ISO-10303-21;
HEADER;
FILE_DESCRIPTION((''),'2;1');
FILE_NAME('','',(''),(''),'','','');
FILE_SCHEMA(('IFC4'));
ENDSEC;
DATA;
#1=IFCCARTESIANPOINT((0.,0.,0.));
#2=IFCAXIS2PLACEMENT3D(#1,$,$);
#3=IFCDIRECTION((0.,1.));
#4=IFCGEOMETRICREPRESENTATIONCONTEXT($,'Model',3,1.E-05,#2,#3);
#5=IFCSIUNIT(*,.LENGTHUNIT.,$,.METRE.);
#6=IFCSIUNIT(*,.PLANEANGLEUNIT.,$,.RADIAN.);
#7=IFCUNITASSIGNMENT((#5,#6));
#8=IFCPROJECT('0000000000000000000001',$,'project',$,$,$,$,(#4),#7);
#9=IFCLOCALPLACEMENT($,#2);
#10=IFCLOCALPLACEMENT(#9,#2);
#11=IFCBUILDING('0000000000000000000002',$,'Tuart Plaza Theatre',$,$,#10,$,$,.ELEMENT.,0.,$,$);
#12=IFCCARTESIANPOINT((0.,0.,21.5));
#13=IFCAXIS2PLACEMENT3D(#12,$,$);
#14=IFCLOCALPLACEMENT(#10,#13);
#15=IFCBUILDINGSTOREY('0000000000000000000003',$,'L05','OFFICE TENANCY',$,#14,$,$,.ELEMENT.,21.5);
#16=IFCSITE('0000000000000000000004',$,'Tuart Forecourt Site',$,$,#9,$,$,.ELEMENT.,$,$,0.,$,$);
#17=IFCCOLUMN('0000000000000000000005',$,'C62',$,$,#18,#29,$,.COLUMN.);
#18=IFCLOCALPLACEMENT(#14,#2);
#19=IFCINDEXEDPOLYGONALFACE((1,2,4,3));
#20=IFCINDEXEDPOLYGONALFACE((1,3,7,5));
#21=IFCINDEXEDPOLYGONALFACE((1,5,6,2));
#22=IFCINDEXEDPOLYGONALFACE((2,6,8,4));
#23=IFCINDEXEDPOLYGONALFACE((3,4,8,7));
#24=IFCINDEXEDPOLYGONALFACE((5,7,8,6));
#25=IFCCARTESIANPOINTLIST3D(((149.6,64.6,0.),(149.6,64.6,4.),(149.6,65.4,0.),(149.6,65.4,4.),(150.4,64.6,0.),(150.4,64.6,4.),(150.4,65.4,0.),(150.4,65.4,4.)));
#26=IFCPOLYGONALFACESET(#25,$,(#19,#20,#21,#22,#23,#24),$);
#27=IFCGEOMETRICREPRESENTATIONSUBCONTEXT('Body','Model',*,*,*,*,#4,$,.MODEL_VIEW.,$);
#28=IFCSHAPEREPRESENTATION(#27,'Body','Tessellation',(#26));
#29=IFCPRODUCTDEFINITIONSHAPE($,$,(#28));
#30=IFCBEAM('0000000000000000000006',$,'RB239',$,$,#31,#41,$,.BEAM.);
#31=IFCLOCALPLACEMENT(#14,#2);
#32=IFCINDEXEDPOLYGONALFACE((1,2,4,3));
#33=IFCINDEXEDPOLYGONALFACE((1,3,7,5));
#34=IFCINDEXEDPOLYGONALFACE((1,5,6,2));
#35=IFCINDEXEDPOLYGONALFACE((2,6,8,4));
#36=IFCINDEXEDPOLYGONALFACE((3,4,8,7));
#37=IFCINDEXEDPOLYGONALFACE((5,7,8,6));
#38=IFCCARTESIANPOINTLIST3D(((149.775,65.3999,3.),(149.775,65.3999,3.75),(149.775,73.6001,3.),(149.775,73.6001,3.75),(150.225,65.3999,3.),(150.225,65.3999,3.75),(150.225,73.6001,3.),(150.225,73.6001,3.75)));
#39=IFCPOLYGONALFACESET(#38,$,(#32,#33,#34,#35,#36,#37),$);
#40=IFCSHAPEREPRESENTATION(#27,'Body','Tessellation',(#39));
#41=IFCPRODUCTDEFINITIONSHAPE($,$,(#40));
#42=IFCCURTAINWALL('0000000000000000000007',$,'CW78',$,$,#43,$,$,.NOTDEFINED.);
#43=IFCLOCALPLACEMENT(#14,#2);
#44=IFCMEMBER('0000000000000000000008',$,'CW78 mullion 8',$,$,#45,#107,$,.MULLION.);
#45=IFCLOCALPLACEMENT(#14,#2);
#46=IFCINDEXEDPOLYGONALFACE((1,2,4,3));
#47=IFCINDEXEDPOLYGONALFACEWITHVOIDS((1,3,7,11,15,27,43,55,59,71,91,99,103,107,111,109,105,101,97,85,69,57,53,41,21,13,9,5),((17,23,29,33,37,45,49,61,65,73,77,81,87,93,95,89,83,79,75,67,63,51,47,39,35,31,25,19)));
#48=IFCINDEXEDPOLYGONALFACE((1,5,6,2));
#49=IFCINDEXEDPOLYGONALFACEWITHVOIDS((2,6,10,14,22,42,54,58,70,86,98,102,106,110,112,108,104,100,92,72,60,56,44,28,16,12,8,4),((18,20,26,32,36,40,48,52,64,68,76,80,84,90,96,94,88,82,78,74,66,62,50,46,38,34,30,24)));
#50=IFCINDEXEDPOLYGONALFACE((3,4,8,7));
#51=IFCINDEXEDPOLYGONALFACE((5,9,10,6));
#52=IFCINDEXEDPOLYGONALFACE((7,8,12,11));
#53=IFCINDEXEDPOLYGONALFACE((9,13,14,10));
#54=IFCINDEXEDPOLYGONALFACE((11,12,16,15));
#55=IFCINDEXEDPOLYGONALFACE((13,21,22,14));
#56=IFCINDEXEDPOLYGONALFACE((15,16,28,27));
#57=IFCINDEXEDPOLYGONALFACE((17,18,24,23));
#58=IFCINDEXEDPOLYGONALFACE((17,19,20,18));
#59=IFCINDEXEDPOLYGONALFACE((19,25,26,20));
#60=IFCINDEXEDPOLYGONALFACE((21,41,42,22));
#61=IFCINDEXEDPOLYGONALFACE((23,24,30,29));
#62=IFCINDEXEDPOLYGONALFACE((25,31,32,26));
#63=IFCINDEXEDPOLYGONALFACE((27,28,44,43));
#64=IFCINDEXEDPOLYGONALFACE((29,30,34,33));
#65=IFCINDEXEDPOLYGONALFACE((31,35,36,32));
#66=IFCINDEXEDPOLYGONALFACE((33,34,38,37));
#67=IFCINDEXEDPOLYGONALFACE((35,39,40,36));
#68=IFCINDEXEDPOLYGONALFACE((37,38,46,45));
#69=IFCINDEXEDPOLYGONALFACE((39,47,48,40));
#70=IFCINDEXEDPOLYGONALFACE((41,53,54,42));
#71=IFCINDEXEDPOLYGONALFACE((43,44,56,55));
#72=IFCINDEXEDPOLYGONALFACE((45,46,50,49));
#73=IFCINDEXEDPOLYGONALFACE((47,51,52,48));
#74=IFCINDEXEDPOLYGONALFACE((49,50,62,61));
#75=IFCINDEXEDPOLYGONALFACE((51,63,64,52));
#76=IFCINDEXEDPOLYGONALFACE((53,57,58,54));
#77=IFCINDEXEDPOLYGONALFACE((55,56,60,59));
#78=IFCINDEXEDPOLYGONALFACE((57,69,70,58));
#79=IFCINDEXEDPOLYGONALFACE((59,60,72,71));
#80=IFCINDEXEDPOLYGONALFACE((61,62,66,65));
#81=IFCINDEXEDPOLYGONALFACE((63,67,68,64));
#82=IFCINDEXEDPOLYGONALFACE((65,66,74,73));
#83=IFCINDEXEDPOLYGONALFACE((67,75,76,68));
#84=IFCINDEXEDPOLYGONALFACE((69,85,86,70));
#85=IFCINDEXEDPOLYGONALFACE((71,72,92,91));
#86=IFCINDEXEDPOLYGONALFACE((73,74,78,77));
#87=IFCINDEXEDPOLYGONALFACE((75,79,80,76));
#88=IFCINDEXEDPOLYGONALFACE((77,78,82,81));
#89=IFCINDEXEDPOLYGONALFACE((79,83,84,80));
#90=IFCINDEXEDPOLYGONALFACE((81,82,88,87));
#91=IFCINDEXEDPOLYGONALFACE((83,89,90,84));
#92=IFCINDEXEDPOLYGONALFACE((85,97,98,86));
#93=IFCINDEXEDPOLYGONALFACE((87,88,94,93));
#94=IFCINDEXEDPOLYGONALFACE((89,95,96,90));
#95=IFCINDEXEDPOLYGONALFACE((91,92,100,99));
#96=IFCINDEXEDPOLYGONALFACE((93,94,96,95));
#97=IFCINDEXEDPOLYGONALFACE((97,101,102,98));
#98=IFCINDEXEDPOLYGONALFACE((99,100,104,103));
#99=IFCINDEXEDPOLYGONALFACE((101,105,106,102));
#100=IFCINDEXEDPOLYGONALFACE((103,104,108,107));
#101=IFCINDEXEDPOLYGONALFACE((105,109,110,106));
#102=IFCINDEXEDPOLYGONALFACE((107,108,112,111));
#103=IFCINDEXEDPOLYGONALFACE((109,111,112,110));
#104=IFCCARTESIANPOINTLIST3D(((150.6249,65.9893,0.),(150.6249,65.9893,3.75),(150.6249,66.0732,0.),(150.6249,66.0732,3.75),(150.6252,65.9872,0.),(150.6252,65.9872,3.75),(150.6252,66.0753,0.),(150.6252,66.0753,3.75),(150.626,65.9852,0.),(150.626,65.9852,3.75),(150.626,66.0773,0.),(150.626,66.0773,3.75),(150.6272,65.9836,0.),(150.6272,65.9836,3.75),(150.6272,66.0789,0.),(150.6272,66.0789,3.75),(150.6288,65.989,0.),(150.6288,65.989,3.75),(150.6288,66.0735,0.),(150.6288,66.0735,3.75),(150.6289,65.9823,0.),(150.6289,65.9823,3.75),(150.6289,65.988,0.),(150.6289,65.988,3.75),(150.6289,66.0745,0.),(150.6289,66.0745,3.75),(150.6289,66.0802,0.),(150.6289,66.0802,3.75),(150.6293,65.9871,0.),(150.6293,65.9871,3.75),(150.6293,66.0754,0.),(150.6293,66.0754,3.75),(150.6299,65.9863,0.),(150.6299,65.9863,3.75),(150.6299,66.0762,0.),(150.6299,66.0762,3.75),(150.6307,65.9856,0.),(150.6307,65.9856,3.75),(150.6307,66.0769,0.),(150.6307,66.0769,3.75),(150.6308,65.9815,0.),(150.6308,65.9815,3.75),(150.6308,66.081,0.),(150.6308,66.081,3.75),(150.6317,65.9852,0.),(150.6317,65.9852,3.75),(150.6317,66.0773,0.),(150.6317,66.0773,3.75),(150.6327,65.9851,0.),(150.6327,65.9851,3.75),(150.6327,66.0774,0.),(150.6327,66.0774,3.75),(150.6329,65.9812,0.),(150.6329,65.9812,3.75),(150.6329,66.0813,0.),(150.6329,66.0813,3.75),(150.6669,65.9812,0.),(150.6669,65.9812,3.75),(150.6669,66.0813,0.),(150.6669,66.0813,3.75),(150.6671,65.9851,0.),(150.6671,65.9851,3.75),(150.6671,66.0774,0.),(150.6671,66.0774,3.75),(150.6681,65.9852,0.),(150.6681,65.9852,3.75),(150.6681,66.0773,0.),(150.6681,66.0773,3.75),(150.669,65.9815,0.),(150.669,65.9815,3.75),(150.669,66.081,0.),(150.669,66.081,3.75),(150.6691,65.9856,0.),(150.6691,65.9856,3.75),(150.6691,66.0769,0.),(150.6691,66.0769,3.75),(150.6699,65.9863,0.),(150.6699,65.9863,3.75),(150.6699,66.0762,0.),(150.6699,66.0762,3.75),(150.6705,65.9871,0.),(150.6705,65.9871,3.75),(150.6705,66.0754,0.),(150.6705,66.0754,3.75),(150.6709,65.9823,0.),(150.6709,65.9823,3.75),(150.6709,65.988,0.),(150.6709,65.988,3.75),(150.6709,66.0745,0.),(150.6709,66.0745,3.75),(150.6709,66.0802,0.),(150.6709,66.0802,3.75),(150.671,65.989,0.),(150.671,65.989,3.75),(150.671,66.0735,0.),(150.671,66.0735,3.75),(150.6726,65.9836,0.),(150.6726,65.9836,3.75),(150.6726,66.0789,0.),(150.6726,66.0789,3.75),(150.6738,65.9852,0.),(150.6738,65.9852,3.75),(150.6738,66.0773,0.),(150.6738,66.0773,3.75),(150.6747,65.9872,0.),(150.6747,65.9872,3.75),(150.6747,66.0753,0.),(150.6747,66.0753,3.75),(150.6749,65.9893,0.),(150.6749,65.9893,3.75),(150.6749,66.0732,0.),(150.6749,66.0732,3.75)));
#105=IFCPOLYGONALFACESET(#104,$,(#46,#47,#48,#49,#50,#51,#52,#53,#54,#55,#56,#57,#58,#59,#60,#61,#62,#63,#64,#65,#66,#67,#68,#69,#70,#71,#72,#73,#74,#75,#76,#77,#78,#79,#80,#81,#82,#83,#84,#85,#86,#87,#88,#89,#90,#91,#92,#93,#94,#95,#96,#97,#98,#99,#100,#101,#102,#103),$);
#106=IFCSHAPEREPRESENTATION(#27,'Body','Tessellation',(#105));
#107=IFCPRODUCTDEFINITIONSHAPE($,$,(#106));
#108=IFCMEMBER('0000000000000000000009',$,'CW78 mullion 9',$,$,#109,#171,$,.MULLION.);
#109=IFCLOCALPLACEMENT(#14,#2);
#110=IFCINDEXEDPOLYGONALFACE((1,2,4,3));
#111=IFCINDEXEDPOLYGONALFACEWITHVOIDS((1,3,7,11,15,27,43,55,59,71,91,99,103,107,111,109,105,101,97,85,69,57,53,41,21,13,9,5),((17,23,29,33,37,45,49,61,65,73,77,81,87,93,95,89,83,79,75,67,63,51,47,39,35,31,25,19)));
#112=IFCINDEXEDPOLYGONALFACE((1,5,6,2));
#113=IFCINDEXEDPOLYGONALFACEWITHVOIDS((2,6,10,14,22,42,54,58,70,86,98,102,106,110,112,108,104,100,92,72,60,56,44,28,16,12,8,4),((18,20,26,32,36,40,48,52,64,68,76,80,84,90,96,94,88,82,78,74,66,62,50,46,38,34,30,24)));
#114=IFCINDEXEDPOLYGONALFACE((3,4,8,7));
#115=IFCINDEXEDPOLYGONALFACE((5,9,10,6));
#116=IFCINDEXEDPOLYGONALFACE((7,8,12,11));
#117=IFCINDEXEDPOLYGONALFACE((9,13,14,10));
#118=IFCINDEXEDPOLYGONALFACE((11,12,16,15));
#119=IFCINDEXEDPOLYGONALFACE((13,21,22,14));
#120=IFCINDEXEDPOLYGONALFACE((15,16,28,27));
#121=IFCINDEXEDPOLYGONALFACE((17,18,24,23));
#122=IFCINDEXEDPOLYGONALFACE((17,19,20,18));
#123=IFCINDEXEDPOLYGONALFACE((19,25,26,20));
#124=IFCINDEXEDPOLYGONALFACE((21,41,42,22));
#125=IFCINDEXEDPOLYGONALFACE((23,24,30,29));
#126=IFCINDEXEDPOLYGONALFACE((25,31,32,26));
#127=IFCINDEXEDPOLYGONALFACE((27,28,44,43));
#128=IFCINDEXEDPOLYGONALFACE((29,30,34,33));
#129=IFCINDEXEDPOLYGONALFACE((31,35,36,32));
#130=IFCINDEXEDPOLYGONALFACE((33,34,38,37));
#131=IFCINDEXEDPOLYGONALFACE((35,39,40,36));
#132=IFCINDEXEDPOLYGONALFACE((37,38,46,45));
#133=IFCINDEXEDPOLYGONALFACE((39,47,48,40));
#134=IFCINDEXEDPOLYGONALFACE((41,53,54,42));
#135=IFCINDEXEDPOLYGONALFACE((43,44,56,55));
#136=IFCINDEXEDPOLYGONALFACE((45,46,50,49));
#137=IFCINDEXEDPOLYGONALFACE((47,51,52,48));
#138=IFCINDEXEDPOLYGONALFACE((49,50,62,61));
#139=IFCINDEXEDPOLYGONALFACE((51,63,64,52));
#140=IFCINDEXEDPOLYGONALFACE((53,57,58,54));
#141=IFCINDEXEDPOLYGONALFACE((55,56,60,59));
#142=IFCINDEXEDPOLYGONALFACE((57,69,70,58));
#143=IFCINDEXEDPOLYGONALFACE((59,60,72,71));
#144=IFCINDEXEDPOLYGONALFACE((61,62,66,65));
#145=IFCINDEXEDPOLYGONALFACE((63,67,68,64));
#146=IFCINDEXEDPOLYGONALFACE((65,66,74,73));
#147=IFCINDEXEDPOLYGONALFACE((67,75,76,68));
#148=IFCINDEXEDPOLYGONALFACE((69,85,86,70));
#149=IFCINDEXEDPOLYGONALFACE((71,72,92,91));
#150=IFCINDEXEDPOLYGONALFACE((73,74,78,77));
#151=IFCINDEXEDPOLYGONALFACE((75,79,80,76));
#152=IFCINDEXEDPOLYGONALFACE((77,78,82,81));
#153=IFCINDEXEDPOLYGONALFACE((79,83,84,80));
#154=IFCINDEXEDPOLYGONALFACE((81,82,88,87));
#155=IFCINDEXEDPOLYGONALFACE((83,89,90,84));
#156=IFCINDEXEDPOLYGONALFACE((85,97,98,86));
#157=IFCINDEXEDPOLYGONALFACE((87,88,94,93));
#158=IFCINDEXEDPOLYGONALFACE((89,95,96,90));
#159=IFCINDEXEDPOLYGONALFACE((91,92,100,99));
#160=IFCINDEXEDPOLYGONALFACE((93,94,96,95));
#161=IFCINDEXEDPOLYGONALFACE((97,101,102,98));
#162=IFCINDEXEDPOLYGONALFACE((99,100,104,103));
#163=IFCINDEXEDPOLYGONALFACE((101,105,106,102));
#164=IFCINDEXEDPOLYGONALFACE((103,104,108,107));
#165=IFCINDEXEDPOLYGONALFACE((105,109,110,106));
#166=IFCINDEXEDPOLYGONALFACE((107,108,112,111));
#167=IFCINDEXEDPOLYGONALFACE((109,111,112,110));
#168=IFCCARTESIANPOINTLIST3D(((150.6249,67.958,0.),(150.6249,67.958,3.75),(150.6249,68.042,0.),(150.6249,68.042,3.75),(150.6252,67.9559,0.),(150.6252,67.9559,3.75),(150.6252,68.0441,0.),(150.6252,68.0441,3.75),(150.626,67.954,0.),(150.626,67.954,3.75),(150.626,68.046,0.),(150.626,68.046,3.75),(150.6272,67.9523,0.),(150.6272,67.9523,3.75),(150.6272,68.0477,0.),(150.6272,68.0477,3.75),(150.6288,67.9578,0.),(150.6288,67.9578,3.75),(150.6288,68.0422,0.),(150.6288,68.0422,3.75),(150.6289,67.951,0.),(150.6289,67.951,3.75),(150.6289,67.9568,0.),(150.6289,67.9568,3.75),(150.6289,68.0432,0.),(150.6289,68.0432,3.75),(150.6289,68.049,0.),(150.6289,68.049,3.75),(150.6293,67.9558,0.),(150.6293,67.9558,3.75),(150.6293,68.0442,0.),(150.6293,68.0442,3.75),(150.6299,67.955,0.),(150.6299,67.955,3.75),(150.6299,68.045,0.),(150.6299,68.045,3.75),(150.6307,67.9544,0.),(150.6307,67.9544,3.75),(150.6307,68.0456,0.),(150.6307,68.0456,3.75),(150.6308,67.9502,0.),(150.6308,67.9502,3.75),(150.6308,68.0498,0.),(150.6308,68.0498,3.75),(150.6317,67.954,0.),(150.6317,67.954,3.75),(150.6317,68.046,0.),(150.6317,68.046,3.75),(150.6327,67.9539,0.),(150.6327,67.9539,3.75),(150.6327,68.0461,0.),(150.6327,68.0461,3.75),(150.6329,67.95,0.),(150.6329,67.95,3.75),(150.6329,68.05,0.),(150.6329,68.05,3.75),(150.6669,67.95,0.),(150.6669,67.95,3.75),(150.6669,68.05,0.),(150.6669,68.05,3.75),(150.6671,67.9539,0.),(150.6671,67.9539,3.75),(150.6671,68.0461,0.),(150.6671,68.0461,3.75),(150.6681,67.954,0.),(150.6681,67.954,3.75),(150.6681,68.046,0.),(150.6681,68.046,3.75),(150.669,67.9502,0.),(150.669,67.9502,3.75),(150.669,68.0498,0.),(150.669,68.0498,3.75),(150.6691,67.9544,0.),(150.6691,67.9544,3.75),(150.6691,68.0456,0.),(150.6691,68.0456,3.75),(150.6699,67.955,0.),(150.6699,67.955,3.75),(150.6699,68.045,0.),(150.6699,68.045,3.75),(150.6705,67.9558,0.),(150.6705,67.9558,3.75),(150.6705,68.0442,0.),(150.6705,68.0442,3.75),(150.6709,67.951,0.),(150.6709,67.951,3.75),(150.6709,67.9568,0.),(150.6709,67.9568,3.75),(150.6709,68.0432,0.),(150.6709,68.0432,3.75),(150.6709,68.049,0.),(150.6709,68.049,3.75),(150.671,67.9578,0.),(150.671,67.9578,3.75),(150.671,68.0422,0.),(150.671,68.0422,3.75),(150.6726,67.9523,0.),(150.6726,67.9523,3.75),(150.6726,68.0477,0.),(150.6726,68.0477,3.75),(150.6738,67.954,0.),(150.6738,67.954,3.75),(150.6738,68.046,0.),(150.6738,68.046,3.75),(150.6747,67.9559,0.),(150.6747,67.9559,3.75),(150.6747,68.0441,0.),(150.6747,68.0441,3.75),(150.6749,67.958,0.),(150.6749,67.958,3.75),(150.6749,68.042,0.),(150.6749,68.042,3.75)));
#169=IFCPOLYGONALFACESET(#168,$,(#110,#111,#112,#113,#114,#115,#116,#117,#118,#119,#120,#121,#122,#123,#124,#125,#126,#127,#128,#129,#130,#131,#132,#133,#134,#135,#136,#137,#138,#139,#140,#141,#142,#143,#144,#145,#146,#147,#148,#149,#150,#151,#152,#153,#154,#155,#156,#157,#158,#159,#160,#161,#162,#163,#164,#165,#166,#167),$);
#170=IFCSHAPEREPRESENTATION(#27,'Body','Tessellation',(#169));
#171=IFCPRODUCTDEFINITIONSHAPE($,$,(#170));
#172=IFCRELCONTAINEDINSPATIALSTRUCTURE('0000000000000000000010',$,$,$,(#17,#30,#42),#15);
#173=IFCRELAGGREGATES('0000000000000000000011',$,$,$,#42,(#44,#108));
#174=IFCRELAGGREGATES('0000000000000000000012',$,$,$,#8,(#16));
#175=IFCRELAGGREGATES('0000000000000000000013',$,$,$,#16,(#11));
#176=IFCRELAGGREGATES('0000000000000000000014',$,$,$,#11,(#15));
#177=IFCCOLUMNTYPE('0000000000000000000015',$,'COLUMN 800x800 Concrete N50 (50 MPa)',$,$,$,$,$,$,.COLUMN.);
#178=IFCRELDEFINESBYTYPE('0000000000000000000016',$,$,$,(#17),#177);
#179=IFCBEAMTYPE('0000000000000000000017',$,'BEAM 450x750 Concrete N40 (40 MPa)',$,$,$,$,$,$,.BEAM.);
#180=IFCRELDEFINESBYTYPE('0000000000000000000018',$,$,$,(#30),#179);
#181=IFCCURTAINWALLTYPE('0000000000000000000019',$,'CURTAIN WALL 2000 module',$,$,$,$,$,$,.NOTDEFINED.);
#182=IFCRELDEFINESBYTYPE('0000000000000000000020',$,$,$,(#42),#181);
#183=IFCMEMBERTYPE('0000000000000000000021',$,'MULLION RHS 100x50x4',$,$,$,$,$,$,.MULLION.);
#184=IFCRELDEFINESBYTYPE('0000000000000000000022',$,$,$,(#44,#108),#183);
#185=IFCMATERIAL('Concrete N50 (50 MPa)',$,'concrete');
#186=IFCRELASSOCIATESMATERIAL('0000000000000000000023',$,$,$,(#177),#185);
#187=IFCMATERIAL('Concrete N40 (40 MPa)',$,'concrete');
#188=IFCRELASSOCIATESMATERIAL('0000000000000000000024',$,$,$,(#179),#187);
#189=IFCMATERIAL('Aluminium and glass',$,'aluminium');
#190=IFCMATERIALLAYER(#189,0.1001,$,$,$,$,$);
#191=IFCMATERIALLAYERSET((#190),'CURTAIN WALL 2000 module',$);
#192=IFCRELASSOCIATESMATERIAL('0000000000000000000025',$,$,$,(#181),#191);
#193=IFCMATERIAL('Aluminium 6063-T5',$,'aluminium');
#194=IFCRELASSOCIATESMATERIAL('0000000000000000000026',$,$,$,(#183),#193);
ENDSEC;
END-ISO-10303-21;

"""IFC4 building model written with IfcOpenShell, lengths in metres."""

from ifc_helpers import new_model, si_unit, direction, frame, origin, origin_2d, place, context, subcontext, project, spatial, rectangle, hollow_rectangle, extrude, material, layer, layer_set, material_profile, profile_set, type_object, element, aggregate, save


model = new_model("IFC4")

# Units and contexts
model_context = context("Model", 3, precision=1e-05, world=origin(), true_north=direction((0.0, 1.0)))
body_context = subcontext(model_context, "Body", "Model", "MODEL_VIEW")
ifc_project = project(units=[si_unit("LENGTHUNIT", "METRE"), si_unit("PLANEANGLEUNIT", "RADIAN")], contexts=[model_context])

# Site, building, storey
site_placement = place(None, origin())
site = spatial("IfcSite", under=ifc_project, at=site_placement, Name="Tuart Forecourt Site", CompositionType="ELEMENT", RefElevation=0.0)
building_placement = place(site_placement, origin())
building = spatial("IfcBuilding", under=site, at=building_placement, Name="Tuart Plaza Theatre", CompositionType="ELEMENT", ElevationOfRefHeight=0.0)
storey_placement = place(building_placement, frame((0.0, 0.0, 21.5)))
storey = spatial("IfcBuildingStorey", under=building, at=storey_placement, Name="L05", Description="OFFICE TENANCY", CompositionType="ELEMENT", Elevation=21.5)

# Column
ifc_material_1 = material(Name="Concrete N50 (50 MPa)", Category="concrete")
ifc_material_profile_1 = material_profile(ifc_material_1, rectangle(XDim=0.8, YDim=0.8, at=origin_2d()), Name="COLUMN 800x800 Concrete N50 (50 MPa)")
ifc_profile_set_1 = profile_set([ifc_material_profile_1], Name="Concrete N50 (50 MPa)")
column_type = type_object("IfcColumnType", Name="COLUMN 800x800 Concrete N50 (50 MPa)", PredefinedType="COLUMN", material=ifc_profile_set_1)
column_placement = place(storey_placement, frame((150.0, 65.0, 0.0), z_axis=(0.0, 0.0, 1.0), x_axis=(1.0, 0.0, 0.0)))
element("IfcColumn", 1, at=column_placement, inside=storey, type_object=column_type, Name="C62", PredefinedType="COLUMN", context=body_context, shape_type="SweptSolid", body=[
    extrude(rectangle(XDim=0.8, YDim=0.8, at=origin_2d()), origin(), (0.0, 0.0, 1.0), 4.0),
])

# Beam
ifc_material_2 = material(Name="Concrete N40 (40 MPa)", Category="concrete")
ifc_material_profile_2 = material_profile(ifc_material_2, rectangle(XDim=0.45, YDim=0.75, at=origin_2d()), Name="BEAM 450x750 Concrete N40 (40 MPa)")
ifc_profile_set_2 = profile_set([ifc_material_profile_2], Name="Concrete N40 (40 MPa)")
beam_type = type_object("IfcBeamType", Name="BEAM 450x750 Concrete N40 (40 MPa)", PredefinedType="BEAM", material=ifc_profile_set_2)
beam_placement = place(storey_placement, frame((150.0, 65.3999, 3.375), z_axis=(0.0, 1.0, 0.0), x_axis=(-1.0, 0.0, 0.0)))
element("IfcBeam", 2, at=beam_placement, inside=storey, type_object=beam_type, Name="RB239", PredefinedType="BEAM", context=body_context, shape_type="SweptSolid", body=[
    extrude(rectangle(XDim=0.45, YDim=0.75, at=origin_2d()), origin(), (0.0, 0.0, 1.0), 8.2002),
])

# Curtain wall, members
ifc_material_3 = material(Name="Aluminium and glass", Category="aluminium")
ifc_layer_1 = layer(ifc_material_3, 0.1001)
ifc_layer_set_1 = layer_set([ifc_layer_1], Name="CURTAIN WALL 2000 module")
curtain_wall_type = type_object("IfcCurtainWallType", Name="CURTAIN WALL 2000 module", PredefinedType="NOTDEFINED", material=ifc_layer_set_1)
curtain_wall_placement = place(storey_placement, origin())
curtain_wall = element("IfcCurtainWall", 3, at=curtain_wall_placement, inside=storey, type_object=curtain_wall_type, Name="CW78", PredefinedType="NOTDEFINED")
ifc_material_4 = material(Name="Aluminium 6063-T5", Category="aluminium")
ifc_material_profile_3 = material_profile(ifc_material_4, hollow_rectangle(XDim=0.05, YDim=0.1001, WallThickness=0.0039, InnerFilletRadius=0.0039, OuterFilletRadius=0.0081, at=origin_2d()), Name="RHS 100x50x4")
ifc_profile_set_3 = profile_set([ifc_material_profile_3], Name="Aluminium 6063-T5")
member_type_1 = type_object("IfcMemberType", Name="MULLION RHS 100x50x4", PredefinedType="MULLION", material=ifc_profile_set_3)
member_1_placement = place(storey_placement, frame((150.6499, 66.0312, 0.0), z_axis=(0.0, 0.0, 1.0), x_axis=(-1.0, 0.0, 0.0)))
member_1 = element("IfcMember", 4, at=member_1_placement, type_object=member_type_1, Name="CW78 mullion 8", PredefinedType="MULLION", context=body_context, shape_type="SweptSolid", body=[
    extrude(hollow_rectangle(XDim=0.05, YDim=0.1001, WallThickness=0.0039, InnerFilletRadius=0.0039, OuterFilletRadius=0.0081, at=origin_2d()), origin(), (0.0, 0.0, 1.0), 3.75),
])
member_2_placement = place(storey_placement, frame((150.6499, 68.0, 0.0), z_axis=(0.0, 0.0, 1.0), x_axis=(-1.0, 0.0, 0.0)))
member_2 = element("IfcMember", 5, at=member_2_placement, type_object=member_type_1, Name="CW78 mullion 9", PredefinedType="MULLION", context=body_context, shape_type="SweptSolid", body=[
    extrude(hollow_rectangle(XDim=0.05, YDim=0.1001, WallThickness=0.0039, InnerFilletRadius=0.0039, OuterFilletRadius=0.0081, at=origin_2d()), origin(), (0.0, 0.0, 1.0), 3.75),
])
aggregate(curtain_wall, [member_1, member_2])

save(model, "model.ifc")
